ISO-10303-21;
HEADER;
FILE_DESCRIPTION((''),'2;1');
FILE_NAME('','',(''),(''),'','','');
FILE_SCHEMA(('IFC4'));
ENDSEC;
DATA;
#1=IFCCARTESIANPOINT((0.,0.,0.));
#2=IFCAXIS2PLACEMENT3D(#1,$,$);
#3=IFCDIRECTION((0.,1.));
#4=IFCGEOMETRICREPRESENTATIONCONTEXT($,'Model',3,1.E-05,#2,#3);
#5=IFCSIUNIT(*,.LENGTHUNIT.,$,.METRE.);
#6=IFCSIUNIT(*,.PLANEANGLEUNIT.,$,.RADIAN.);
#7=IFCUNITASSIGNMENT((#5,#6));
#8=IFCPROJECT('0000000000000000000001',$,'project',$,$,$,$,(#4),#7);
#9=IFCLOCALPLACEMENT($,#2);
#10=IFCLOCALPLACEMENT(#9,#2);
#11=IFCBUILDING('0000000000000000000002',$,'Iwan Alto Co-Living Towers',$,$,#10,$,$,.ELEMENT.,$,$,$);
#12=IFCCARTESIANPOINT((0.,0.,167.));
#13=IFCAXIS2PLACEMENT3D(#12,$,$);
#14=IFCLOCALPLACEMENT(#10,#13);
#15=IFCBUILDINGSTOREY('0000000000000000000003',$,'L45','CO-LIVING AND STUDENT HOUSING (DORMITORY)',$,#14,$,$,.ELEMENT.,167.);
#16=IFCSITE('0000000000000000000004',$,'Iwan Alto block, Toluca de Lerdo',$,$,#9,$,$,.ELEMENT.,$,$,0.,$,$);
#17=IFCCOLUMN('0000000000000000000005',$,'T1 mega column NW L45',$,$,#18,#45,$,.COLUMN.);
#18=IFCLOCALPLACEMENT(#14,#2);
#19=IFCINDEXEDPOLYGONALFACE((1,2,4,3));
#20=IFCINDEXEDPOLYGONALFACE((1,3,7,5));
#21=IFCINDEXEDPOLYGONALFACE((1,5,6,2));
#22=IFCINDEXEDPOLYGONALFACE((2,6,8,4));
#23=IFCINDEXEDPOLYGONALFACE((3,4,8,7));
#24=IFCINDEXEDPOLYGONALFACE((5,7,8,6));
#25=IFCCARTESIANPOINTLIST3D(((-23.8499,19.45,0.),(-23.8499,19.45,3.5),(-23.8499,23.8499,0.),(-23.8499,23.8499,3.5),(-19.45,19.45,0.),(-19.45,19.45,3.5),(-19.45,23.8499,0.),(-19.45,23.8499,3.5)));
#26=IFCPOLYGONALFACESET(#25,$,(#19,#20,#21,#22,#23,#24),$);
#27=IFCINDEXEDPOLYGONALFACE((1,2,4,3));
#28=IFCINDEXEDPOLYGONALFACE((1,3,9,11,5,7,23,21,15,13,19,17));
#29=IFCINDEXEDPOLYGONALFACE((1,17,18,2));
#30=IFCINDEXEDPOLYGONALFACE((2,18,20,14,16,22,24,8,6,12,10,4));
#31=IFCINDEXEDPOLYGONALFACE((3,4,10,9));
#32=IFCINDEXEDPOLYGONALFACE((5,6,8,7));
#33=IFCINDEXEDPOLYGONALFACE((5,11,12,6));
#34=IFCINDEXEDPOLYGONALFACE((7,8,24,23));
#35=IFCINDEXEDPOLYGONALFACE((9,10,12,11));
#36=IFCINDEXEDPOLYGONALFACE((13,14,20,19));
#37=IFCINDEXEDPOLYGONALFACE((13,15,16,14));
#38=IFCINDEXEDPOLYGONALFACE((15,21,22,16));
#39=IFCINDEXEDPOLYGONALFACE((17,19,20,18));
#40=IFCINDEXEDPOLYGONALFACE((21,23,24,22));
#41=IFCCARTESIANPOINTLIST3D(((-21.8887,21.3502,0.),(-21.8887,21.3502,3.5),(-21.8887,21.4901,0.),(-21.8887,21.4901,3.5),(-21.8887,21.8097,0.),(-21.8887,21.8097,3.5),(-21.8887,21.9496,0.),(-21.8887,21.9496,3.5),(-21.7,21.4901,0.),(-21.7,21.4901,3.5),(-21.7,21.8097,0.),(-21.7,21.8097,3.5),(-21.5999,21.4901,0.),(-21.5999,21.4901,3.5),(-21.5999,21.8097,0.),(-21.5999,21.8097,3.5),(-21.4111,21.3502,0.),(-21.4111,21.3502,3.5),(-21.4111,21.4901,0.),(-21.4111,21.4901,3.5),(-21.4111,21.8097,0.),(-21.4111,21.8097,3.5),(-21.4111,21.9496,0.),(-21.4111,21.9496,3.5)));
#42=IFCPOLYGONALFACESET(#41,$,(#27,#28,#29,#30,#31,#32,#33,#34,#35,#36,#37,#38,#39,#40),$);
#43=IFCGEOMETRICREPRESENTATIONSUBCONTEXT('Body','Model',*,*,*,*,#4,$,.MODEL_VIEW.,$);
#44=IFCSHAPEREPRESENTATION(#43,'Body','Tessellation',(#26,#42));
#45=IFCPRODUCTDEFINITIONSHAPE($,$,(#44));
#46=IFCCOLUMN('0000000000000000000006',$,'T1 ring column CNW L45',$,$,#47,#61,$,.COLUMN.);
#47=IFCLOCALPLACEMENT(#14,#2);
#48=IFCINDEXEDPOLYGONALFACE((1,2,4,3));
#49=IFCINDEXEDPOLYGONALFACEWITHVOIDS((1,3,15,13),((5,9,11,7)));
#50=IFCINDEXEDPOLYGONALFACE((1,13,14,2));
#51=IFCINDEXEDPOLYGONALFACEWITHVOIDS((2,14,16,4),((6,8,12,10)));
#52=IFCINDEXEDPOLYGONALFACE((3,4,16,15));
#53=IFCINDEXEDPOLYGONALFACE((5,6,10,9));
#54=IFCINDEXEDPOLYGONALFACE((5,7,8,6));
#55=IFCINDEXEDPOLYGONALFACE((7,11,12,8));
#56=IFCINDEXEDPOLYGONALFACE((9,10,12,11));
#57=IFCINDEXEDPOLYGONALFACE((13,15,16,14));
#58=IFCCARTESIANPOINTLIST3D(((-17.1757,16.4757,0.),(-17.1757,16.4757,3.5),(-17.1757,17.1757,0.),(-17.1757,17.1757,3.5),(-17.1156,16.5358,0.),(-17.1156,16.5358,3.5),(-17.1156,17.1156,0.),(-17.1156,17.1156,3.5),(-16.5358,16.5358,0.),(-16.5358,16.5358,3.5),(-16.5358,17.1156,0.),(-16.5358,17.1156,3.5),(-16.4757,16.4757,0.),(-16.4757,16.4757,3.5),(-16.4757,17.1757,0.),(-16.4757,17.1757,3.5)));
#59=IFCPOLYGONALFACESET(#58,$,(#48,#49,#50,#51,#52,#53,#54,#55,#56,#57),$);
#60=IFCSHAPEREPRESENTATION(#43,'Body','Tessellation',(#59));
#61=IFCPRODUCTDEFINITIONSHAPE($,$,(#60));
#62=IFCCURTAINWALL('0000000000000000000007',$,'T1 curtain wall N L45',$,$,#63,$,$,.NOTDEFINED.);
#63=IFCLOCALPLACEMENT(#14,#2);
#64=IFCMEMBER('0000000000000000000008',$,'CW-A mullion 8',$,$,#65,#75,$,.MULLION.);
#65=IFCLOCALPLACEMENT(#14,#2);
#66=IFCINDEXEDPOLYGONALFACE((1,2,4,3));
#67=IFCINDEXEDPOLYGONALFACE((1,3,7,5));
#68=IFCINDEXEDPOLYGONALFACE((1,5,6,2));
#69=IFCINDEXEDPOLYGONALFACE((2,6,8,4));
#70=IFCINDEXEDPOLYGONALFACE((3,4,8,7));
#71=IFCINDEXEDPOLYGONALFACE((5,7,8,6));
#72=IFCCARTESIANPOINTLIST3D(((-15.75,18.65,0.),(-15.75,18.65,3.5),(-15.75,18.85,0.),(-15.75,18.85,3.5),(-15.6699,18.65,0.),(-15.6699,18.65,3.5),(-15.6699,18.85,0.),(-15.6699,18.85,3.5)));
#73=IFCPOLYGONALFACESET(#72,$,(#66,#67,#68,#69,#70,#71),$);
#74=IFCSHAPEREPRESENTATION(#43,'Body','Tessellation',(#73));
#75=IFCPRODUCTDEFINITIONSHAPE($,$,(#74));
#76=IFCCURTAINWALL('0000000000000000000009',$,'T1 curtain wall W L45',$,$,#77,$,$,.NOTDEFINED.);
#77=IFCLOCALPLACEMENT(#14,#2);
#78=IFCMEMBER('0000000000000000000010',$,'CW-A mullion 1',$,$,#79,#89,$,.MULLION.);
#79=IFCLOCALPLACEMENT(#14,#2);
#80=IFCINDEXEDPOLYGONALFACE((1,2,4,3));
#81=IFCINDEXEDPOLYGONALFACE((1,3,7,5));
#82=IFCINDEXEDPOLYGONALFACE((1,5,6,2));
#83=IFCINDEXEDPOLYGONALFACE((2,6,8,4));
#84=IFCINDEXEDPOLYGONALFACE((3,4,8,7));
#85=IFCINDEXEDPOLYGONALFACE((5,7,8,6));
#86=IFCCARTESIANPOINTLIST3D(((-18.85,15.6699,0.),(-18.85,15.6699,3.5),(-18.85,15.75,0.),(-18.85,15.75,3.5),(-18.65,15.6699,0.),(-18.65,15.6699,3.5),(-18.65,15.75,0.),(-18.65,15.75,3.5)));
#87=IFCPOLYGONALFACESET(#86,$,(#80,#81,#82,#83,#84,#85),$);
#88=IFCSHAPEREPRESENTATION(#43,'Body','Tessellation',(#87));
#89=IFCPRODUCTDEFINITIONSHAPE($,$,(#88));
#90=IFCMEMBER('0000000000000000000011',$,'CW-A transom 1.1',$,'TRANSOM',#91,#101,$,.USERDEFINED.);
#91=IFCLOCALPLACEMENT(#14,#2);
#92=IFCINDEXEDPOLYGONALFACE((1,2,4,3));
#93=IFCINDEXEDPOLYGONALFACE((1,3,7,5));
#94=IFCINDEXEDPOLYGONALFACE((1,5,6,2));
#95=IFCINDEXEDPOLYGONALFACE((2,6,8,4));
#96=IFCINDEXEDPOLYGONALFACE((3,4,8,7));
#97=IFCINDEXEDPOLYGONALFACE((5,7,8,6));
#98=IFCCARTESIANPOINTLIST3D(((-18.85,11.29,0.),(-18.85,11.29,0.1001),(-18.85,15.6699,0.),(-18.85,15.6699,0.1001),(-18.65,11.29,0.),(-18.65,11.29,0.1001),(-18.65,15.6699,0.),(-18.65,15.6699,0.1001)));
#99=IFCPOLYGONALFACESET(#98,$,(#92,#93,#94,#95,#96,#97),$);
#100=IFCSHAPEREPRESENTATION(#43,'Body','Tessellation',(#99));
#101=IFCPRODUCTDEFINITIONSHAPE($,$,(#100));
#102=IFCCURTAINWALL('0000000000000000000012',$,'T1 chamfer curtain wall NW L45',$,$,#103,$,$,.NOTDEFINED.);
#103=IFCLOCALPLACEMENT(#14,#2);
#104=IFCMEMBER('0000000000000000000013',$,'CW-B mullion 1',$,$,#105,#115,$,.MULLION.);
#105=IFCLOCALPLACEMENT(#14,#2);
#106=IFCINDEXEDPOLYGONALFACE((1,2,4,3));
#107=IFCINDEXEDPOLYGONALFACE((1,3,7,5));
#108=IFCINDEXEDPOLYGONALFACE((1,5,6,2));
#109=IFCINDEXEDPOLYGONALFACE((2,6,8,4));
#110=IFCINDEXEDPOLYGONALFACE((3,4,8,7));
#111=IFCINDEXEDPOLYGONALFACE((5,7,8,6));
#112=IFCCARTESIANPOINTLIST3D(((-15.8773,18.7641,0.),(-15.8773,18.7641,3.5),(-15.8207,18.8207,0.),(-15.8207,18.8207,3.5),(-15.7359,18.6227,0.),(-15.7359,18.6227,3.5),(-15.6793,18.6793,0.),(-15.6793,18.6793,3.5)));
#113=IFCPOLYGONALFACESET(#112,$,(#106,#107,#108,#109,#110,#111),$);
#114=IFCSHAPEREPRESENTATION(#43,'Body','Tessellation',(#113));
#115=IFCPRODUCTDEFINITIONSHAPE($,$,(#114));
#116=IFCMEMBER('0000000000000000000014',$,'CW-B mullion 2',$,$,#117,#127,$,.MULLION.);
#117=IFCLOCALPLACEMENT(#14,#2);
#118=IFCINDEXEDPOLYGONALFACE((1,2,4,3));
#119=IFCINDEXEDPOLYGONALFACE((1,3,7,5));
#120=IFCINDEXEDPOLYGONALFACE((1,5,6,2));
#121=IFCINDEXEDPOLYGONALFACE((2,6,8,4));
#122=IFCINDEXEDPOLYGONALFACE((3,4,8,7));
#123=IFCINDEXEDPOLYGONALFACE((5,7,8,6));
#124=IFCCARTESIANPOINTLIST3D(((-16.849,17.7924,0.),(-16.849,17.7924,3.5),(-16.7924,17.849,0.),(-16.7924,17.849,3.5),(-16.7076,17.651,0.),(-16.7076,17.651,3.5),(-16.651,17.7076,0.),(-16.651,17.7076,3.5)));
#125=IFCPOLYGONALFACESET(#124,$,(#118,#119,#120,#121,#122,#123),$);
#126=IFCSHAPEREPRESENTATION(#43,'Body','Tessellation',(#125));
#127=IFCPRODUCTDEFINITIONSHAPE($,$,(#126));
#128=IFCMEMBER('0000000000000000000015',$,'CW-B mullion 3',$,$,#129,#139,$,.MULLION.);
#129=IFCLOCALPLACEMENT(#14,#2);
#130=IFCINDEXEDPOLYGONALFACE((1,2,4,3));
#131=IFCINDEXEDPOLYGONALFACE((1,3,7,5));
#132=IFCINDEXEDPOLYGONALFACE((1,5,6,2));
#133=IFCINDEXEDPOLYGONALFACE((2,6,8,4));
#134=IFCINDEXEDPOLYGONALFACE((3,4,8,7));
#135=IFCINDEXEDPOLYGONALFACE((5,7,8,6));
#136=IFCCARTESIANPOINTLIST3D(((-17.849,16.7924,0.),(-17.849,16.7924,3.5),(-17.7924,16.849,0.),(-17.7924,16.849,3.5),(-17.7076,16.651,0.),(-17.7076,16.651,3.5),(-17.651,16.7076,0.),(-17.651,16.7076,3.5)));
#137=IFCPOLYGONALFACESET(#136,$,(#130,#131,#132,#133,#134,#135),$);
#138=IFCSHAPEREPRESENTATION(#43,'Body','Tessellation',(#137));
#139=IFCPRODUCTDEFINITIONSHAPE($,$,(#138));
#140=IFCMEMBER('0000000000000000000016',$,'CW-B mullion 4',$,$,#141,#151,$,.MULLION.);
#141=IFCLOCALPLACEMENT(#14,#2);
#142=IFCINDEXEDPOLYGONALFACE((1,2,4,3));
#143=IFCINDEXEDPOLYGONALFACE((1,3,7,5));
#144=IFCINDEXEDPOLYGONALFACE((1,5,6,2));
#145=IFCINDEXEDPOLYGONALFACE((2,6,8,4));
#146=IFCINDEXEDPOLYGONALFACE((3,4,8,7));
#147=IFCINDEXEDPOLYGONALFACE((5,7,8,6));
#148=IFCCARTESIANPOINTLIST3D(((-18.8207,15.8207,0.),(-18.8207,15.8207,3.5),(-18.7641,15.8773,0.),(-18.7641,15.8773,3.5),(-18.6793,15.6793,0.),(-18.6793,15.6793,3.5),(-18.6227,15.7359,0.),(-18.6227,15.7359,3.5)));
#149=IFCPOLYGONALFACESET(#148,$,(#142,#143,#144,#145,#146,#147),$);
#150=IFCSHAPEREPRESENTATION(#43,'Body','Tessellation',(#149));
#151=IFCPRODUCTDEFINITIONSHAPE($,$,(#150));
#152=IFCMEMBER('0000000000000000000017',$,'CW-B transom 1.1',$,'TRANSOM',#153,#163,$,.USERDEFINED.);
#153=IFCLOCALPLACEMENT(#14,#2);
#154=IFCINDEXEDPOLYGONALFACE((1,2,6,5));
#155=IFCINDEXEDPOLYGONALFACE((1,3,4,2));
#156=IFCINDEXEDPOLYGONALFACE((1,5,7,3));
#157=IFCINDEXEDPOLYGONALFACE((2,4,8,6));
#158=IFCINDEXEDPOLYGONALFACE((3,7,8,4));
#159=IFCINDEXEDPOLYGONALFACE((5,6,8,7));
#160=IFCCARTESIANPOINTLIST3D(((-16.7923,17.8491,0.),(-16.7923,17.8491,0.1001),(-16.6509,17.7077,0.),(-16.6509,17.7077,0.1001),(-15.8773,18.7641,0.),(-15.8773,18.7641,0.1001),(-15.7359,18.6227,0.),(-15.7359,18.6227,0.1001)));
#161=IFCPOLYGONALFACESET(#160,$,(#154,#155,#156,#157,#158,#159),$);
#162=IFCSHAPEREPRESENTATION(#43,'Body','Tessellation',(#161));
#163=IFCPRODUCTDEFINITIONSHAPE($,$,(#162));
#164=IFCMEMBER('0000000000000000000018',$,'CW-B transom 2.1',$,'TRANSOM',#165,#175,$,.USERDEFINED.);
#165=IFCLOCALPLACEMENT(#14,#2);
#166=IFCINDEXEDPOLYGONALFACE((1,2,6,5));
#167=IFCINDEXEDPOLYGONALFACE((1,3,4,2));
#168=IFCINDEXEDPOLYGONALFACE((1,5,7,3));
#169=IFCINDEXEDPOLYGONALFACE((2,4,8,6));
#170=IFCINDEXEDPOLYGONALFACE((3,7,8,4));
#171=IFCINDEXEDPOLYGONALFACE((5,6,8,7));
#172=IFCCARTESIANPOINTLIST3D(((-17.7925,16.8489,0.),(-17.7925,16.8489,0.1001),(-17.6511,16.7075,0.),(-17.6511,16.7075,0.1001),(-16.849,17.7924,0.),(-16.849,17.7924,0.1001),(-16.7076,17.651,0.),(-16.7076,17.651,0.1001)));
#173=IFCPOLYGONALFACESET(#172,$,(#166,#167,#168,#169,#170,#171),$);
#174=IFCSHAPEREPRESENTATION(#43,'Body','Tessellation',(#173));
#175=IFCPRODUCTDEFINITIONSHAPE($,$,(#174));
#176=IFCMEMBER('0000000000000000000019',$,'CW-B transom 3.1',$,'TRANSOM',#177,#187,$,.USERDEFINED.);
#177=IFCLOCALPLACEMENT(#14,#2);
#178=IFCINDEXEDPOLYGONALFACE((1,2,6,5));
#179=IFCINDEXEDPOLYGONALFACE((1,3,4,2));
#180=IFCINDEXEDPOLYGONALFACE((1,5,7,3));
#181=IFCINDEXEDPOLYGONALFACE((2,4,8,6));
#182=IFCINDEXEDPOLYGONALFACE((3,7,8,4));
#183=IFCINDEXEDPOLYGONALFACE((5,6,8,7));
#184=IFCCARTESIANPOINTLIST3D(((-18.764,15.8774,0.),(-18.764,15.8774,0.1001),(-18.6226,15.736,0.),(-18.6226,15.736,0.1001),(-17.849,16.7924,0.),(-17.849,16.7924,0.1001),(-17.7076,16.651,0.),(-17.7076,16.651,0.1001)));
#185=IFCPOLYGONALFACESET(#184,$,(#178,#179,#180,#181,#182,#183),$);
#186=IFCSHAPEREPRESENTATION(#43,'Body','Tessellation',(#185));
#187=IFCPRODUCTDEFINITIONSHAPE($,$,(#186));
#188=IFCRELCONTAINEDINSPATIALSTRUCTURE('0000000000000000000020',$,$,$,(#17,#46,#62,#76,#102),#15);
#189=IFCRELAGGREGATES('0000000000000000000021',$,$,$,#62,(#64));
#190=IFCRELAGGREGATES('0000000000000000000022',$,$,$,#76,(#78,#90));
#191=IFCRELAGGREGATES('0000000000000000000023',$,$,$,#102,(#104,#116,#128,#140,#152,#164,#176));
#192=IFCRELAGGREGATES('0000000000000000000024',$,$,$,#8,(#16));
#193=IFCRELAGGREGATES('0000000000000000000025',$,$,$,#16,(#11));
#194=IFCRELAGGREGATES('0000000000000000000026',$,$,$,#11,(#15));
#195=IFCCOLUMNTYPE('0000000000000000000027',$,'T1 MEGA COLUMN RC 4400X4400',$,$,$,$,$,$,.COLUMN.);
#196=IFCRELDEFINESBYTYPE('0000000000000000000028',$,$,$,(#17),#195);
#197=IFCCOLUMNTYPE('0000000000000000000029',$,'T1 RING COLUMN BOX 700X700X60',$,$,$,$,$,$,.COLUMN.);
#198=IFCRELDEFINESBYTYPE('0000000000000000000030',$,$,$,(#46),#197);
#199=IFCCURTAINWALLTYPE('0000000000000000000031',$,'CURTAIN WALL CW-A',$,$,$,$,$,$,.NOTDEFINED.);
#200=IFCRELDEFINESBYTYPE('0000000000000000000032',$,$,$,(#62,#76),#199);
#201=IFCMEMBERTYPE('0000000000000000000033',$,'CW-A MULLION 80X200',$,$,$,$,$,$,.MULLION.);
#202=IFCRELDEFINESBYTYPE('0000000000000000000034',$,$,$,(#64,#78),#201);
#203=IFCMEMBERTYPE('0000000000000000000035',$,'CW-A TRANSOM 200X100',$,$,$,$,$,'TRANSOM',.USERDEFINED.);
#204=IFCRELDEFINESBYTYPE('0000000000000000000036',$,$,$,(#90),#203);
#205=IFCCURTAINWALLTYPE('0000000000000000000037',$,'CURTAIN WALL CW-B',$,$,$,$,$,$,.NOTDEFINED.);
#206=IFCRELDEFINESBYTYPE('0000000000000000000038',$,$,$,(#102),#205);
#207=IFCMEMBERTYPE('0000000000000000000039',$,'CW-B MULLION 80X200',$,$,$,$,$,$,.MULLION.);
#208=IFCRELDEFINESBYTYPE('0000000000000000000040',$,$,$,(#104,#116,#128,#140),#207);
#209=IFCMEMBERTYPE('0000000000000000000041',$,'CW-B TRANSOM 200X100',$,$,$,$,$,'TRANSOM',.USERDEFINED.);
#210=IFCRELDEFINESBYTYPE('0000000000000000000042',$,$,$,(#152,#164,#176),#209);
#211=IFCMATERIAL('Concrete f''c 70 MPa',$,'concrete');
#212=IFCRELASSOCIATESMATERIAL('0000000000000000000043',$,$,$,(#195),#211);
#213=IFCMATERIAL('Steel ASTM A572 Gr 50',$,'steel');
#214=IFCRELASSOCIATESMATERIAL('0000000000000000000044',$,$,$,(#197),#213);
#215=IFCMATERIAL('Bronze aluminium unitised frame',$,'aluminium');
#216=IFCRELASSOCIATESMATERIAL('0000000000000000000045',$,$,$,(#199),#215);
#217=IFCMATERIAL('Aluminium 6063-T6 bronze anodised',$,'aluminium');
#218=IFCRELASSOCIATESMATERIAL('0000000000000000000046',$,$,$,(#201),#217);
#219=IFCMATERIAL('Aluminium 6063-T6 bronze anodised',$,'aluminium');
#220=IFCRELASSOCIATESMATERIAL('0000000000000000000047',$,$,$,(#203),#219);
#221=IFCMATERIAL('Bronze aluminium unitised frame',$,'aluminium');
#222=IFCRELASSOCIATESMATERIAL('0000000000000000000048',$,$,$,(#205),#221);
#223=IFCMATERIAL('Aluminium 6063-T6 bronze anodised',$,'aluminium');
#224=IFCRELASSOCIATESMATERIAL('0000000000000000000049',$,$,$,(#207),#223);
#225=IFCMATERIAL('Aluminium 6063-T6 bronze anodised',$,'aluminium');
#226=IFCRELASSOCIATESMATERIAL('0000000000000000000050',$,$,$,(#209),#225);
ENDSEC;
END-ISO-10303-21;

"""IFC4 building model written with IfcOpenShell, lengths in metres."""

from ifc_helpers import new_model, si_unit, direction, frame, origin, origin_2d, place, context, subcontext, project, spatial, rectangle, hollow_rectangle, i_section, extrude, material, material_profile, profile_set, type_object, element, aggregate, save


model = new_model("IFC4")

# Units and contexts
model_context = context("Model", 3, precision=1e-05, world=origin(), true_north=direction((0.0, 1.0)))
body_context = subcontext(model_context, "Body", "Model", "MODEL_VIEW")
ifc_project = project(units=[si_unit("LENGTHUNIT", "METRE"), si_unit("PLANEANGLEUNIT", "RADIAN")], contexts=[model_context])

# Site, building, storey
site_placement = place(None, origin())
site = spatial("IfcSite", under=ifc_project, at=site_placement, Name="Iwan Alto block, Toluca de Lerdo", CompositionType="ELEMENT", RefElevation=0.0)
building_placement = place(site_placement, origin())
building = spatial("IfcBuilding", under=site, at=building_placement, Name="Iwan Alto Co-Living Towers", CompositionType="ELEMENT")
storey_placement = place(building_placement, frame((0.0, 0.0, 167.0)))
storey = spatial("IfcBuildingStorey", under=building, at=storey_placement, Name="L45", Description="CO-LIVING AND STUDENT HOUSING (DORMITORY)", CompositionType="ELEMENT", Elevation=167.0)

# Columns
ifc_material_1 = material(Name="Concrete f'c 70 MPa", Category="concrete")
ifc_material_profile_1 = material_profile(ifc_material_1, rectangle(XDim=4.3999, YDim=4.3999, at=origin_2d()), Name="RC 4400X4400")
ifc_profile_set_1 = profile_set([ifc_material_profile_1], Name="Concrete f'c 70 MPa")
column_type_1 = type_object("IfcColumnType", Name="T1 MEGA COLUMN RC 4400X4400", PredefinedType="COLUMN", material=ifc_profile_set_1)
column_1_placement = place(storey_placement, frame((-21.6499, 21.6499, 0.0), z_axis=(0.0, 0.0, 1.0), x_axis=(1.0, 0.0, 0.0)))
element("IfcColumn", 1, at=column_1_placement, inside=storey, type_object=column_type_1, Name="T1 mega column NW L45", PredefinedType="COLUMN", context=body_context, shape_type="SweptSolid", body=[
    extrude(rectangle(XDim=4.3999, YDim=4.3999, at=origin_2d()), origin(), (0.0, 0.0, 1.0), 3.5),
    extrude(i_section(OverallWidth=0.4775, OverallDepth=0.5994, WebThickness=0.1001, FlangeThickness=0.1399, at=origin_2d()), origin(), (0.0, 0.0, 1.0), 3.5),
])
ifc_material_2 = material(Name="Steel ASTM A572 Gr 50", Category="steel")
ifc_material_profile_2 = material_profile(ifc_material_2, hollow_rectangle(XDim=0.7, YDim=0.7, WallThickness=0.0601, at=origin_2d()), Name="BOX 700X700X60")
ifc_profile_set_2 = profile_set([ifc_material_profile_2], Name="Steel ASTM A572 Gr 50")
column_type_2 = type_object("IfcColumnType", Name="T1 RING COLUMN BOX 700X700X60", PredefinedType="COLUMN", material=ifc_profile_set_2)
column_2_placement = place(storey_placement, frame((-16.8257, 16.8257, 0.0), z_axis=(0.0, 0.0, 1.0), x_axis=(1.0, 0.0, 0.0)))
element("IfcColumn", 2, at=column_2_placement, inside=storey, type_object=column_type_2, Name="T1 ring column CNW L45", PredefinedType="COLUMN", context=body_context, shape_type="SweptSolid", body=[
    extrude(hollow_rectangle(XDim=0.7, YDim=0.7, WallThickness=0.0601, at=origin_2d()), origin(), (0.0, 0.0, 1.0), 3.5),
])

# Curtain wall, member
ifc_material_3 = material(Name="Bronze aluminium unitised frame", Category="aluminium")
curtain_wall_type_1 = type_object("IfcCurtainWallType", Name="CURTAIN WALL CW-A", PredefinedType="NOTDEFINED", material=ifc_material_3)
curtain_wall_1_placement = place(storey_placement, origin())
curtain_wall_1 = element("IfcCurtainWall", 3, at=curtain_wall_1_placement, inside=storey, type_object=curtain_wall_type_1, Name="T1 curtain wall N L45", PredefinedType="NOTDEFINED")
ifc_material_4 = material(Name="Aluminium 6063-T6 bronze anodised", Category="aluminium")
ifc_material_profile_3 = material_profile(ifc_material_4, rectangle(XDim=0.2, YDim=0.0801, at=origin_2d()), Name="AL 80X200")
ifc_profile_set_3 = profile_set([ifc_material_profile_3], Name="Aluminium 6063-T6 bronze anodised")
member_type_1 = type_object("IfcMemberType", Name="CW-A MULLION 80X200", PredefinedType="MULLION", material=ifc_profile_set_3)
member_1_placement = place(storey_placement, frame((-15.71, 18.75, 0.0), z_axis=(0.0, 0.0, 1.0), x_axis=(0.0, -1.0, 0.0)))
member_1 = element("IfcMember", 4, at=member_1_placement, type_object=member_type_1, Name="CW-A mullion 8", PredefinedType="MULLION", context=body_context, shape_type="SweptSolid", body=[
    extrude(rectangle(XDim=0.2, YDim=0.0801, at=origin_2d()), origin(), (0.0, 0.0, 1.0), 3.5),
])

# Curtain walls, members
curtain_wall_2_placement = place(storey_placement, origin())
curtain_wall_2 = element("IfcCurtainWall", 5, at=curtain_wall_2_placement, inside=storey, type_object=curtain_wall_type_1, Name="T1 curtain wall W L45", PredefinedType="NOTDEFINED")
member_2_placement = place(storey_placement, frame((-18.75, 15.71, 0.0), z_axis=(0.0, 0.0, 1.0), x_axis=(1.0, 0.0, 0.0)))
member_2 = element("IfcMember", 6, at=member_2_placement, type_object=member_type_1, Name="CW-A mullion 1", PredefinedType="MULLION", context=body_context, shape_type="SweptSolid", body=[
    extrude(rectangle(XDim=0.2, YDim=0.0801, at=origin_2d()), origin(), (0.0, 0.0, 1.0), 3.5),
])
ifc_material_5 = material(Name="Aluminium 6063-T6 bronze anodised", Category="aluminium")
ifc_material_profile_4 = material_profile(ifc_material_5, rectangle(XDim=0.2, YDim=0.1001, at=origin_2d()), Name="AL 200X100")
ifc_profile_set_4 = profile_set([ifc_material_profile_4], Name="Aluminium 6063-T6 bronze anodised")
member_type_2 = type_object("IfcMemberType", Name="CW-A TRANSOM 200X100", ElementType="TRANSOM", PredefinedType="USERDEFINED", material=ifc_profile_set_4)
member_3_placement = place(storey_placement, frame((-18.75, 15.6699, 0.05), z_axis=(0.0, -1.0, 0.0), x_axis=(1.0, 0.0, 0.0)))
member_3 = element("IfcMember", 7, at=member_3_placement, type_object=member_type_2, Name="CW-A transom 1.1", ObjectType="TRANSOM", PredefinedType="USERDEFINED", context=body_context, shape_type="SweptSolid", body=[
    extrude(rectangle(XDim=0.2, YDim=0.1001, at=origin_2d()), origin(), (0.0, 0.0, 1.0), 4.3799),
])
ifc_material_6 = material(Name="Bronze aluminium unitised frame", Category="aluminium")
curtain_wall_type_2 = type_object("IfcCurtainWallType", Name="CURTAIN WALL CW-B", PredefinedType="NOTDEFINED", material=ifc_material_6)
curtain_wall_3_placement = place(storey_placement, origin())
curtain_wall_3 = element("IfcCurtainWall", 8, at=curtain_wall_3_placement, inside=storey, type_object=curtain_wall_type_2, Name="T1 chamfer curtain wall NW L45", PredefinedType="NOTDEFINED")
ifc_material_7 = material(Name="Aluminium 6063-T6 bronze anodised", Category="aluminium")
ifc_material_profile_5 = material_profile(ifc_material_7, rectangle(XDim=0.2, YDim=0.0801, at=origin_2d()), Name="AL 80X200")
ifc_profile_set_5 = profile_set([ifc_material_profile_5], Name="Aluminium 6063-T6 bronze anodised")
member_type_3 = type_object("IfcMemberType", Name="CW-B MULLION 80X200", PredefinedType="MULLION", material=ifc_profile_set_5)
member_4_placement = place(storey_placement, frame((-15.7783, 18.7217, 0.0), z_axis=(0.0, 0.0, 1.0), x_axis=(0.707107, -0.707107, 0.0)))
member_4 = element("IfcMember", 9, at=member_4_placement, type_object=member_type_3, Name="CW-B mullion 1", PredefinedType="MULLION", context=body_context, shape_type="SweptSolid", body=[
    extrude(rectangle(XDim=0.2, YDim=0.0801, at=origin_2d()), origin(), (0.0, 0.0, 1.0), 3.5),
])
member_5_placement = place(storey_placement, frame((-16.75, 17.75, 0.0), z_axis=(0.0, 0.0, 1.0), x_axis=(0.707107, -0.707107, 0.0)))
member_5 = element("IfcMember", 10, at=member_5_placement, type_object=member_type_3, Name="CW-B mullion 2", PredefinedType="MULLION", context=body_context, shape_type="SweptSolid", body=[
    extrude(rectangle(XDim=0.2, YDim=0.0801, at=origin_2d()), origin(), (0.0, 0.0, 1.0), 3.5),
])
member_6_placement = place(storey_placement, frame((-17.75, 16.75, 0.0), z_axis=(0.0, 0.0, 1.0), x_axis=(0.707107, -0.707107, 0.0)))
member_6 = element("IfcMember", 11, at=member_6_placement, type_object=member_type_3, Name="CW-B mullion 3", PredefinedType="MULLION", context=body_context, shape_type="SweptSolid", body=[
    extrude(rectangle(XDim=0.2, YDim=0.0801, at=origin_2d()), origin(), (0.0, 0.0, 1.0), 3.5),
])
member_7_placement = place(storey_placement, frame((-18.7217, 15.7783, 0.0), z_axis=(0.0, 0.0, 1.0), x_axis=(0.707107, -0.707107, 0.0)))
member_7 = element("IfcMember", 12, at=member_7_placement, type_object=member_type_3, Name="CW-B mullion 4", PredefinedType="MULLION", context=body_context, shape_type="SweptSolid", body=[
    extrude(rectangle(XDim=0.2, YDim=0.0801, at=origin_2d()), origin(), (0.0, 0.0, 1.0), 3.5),
])
ifc_material_8 = material(Name="Aluminium 6063-T6 bronze anodised", Category="aluminium")
ifc_material_profile_6 = material_profile(ifc_material_8, rectangle(XDim=0.2, YDim=0.1001, at=origin_2d()), Name="AL 200X100")
ifc_profile_set_6 = profile_set([ifc_material_profile_6], Name="Aluminium 6063-T6 bronze anodised")
member_type_4 = type_object("IfcMemberType", Name="CW-B TRANSOM 200X100", ElementType="TRANSOM", PredefinedType="USERDEFINED", material=ifc_profile_set_6)
member_8_placement = place(storey_placement, frame((-15.8066, 18.6934, 0.05), z_axis=(-0.707107, -0.707107, 0.0), x_axis=(0.707107, -0.707107, 0.0)))
member_8 = element("IfcMember", 13, at=member_8_placement, type_object=member_type_4, Name="CW-B transom 1.1", ObjectType="TRANSOM", PredefinedType="USERDEFINED", context=body_context, shape_type="SweptSolid", body=[
    extrude(rectangle(XDim=0.2, YDim=0.1001, at=origin_2d()), origin(), (0.0, 0.0, 1.0), 1.2939),
])
member_9_placement = place(storey_placement, frame((-16.7783, 17.7217, 0.05), z_axis=(-0.707107, -0.707107, 0.0), x_axis=(0.707107, -0.707107, 0.0)))
member_9 = element("IfcMember", 14, at=member_9_placement, type_object=member_type_4, Name="CW-B transom 2.1", ObjectType="TRANSOM", PredefinedType="USERDEFINED", context=body_context, shape_type="SweptSolid", body=[
    extrude(rectangle(XDim=0.2, YDim=0.1001, at=origin_2d()), origin(), (0.0, 0.0, 1.0), 1.3342),
])
member_10_placement = place(storey_placement, frame((-17.7783, 16.7217, 0.05), z_axis=(-0.707107, -0.707107, 0.0), x_axis=(0.707107, -0.707107, 0.0)))
member_10 = element("IfcMember", 15, at=member_10_placement, type_object=member_type_4, Name="CW-B transom 3.1", ObjectType="TRANSOM", PredefinedType="USERDEFINED", context=body_context, shape_type="SweptSolid", body=[
    extrude(rectangle(XDim=0.2, YDim=0.1001, at=origin_2d()), origin(), (0.0, 0.0, 1.0), 1.2939),
])

aggregate(curtain_wall_1, [member_1])
aggregate(curtain_wall_2, [member_2, member_3])
aggregate(curtain_wall_3, [member_4, member_5, member_6, member_7, member_8, member_9, member_10])

save(model, "model.ifc")
